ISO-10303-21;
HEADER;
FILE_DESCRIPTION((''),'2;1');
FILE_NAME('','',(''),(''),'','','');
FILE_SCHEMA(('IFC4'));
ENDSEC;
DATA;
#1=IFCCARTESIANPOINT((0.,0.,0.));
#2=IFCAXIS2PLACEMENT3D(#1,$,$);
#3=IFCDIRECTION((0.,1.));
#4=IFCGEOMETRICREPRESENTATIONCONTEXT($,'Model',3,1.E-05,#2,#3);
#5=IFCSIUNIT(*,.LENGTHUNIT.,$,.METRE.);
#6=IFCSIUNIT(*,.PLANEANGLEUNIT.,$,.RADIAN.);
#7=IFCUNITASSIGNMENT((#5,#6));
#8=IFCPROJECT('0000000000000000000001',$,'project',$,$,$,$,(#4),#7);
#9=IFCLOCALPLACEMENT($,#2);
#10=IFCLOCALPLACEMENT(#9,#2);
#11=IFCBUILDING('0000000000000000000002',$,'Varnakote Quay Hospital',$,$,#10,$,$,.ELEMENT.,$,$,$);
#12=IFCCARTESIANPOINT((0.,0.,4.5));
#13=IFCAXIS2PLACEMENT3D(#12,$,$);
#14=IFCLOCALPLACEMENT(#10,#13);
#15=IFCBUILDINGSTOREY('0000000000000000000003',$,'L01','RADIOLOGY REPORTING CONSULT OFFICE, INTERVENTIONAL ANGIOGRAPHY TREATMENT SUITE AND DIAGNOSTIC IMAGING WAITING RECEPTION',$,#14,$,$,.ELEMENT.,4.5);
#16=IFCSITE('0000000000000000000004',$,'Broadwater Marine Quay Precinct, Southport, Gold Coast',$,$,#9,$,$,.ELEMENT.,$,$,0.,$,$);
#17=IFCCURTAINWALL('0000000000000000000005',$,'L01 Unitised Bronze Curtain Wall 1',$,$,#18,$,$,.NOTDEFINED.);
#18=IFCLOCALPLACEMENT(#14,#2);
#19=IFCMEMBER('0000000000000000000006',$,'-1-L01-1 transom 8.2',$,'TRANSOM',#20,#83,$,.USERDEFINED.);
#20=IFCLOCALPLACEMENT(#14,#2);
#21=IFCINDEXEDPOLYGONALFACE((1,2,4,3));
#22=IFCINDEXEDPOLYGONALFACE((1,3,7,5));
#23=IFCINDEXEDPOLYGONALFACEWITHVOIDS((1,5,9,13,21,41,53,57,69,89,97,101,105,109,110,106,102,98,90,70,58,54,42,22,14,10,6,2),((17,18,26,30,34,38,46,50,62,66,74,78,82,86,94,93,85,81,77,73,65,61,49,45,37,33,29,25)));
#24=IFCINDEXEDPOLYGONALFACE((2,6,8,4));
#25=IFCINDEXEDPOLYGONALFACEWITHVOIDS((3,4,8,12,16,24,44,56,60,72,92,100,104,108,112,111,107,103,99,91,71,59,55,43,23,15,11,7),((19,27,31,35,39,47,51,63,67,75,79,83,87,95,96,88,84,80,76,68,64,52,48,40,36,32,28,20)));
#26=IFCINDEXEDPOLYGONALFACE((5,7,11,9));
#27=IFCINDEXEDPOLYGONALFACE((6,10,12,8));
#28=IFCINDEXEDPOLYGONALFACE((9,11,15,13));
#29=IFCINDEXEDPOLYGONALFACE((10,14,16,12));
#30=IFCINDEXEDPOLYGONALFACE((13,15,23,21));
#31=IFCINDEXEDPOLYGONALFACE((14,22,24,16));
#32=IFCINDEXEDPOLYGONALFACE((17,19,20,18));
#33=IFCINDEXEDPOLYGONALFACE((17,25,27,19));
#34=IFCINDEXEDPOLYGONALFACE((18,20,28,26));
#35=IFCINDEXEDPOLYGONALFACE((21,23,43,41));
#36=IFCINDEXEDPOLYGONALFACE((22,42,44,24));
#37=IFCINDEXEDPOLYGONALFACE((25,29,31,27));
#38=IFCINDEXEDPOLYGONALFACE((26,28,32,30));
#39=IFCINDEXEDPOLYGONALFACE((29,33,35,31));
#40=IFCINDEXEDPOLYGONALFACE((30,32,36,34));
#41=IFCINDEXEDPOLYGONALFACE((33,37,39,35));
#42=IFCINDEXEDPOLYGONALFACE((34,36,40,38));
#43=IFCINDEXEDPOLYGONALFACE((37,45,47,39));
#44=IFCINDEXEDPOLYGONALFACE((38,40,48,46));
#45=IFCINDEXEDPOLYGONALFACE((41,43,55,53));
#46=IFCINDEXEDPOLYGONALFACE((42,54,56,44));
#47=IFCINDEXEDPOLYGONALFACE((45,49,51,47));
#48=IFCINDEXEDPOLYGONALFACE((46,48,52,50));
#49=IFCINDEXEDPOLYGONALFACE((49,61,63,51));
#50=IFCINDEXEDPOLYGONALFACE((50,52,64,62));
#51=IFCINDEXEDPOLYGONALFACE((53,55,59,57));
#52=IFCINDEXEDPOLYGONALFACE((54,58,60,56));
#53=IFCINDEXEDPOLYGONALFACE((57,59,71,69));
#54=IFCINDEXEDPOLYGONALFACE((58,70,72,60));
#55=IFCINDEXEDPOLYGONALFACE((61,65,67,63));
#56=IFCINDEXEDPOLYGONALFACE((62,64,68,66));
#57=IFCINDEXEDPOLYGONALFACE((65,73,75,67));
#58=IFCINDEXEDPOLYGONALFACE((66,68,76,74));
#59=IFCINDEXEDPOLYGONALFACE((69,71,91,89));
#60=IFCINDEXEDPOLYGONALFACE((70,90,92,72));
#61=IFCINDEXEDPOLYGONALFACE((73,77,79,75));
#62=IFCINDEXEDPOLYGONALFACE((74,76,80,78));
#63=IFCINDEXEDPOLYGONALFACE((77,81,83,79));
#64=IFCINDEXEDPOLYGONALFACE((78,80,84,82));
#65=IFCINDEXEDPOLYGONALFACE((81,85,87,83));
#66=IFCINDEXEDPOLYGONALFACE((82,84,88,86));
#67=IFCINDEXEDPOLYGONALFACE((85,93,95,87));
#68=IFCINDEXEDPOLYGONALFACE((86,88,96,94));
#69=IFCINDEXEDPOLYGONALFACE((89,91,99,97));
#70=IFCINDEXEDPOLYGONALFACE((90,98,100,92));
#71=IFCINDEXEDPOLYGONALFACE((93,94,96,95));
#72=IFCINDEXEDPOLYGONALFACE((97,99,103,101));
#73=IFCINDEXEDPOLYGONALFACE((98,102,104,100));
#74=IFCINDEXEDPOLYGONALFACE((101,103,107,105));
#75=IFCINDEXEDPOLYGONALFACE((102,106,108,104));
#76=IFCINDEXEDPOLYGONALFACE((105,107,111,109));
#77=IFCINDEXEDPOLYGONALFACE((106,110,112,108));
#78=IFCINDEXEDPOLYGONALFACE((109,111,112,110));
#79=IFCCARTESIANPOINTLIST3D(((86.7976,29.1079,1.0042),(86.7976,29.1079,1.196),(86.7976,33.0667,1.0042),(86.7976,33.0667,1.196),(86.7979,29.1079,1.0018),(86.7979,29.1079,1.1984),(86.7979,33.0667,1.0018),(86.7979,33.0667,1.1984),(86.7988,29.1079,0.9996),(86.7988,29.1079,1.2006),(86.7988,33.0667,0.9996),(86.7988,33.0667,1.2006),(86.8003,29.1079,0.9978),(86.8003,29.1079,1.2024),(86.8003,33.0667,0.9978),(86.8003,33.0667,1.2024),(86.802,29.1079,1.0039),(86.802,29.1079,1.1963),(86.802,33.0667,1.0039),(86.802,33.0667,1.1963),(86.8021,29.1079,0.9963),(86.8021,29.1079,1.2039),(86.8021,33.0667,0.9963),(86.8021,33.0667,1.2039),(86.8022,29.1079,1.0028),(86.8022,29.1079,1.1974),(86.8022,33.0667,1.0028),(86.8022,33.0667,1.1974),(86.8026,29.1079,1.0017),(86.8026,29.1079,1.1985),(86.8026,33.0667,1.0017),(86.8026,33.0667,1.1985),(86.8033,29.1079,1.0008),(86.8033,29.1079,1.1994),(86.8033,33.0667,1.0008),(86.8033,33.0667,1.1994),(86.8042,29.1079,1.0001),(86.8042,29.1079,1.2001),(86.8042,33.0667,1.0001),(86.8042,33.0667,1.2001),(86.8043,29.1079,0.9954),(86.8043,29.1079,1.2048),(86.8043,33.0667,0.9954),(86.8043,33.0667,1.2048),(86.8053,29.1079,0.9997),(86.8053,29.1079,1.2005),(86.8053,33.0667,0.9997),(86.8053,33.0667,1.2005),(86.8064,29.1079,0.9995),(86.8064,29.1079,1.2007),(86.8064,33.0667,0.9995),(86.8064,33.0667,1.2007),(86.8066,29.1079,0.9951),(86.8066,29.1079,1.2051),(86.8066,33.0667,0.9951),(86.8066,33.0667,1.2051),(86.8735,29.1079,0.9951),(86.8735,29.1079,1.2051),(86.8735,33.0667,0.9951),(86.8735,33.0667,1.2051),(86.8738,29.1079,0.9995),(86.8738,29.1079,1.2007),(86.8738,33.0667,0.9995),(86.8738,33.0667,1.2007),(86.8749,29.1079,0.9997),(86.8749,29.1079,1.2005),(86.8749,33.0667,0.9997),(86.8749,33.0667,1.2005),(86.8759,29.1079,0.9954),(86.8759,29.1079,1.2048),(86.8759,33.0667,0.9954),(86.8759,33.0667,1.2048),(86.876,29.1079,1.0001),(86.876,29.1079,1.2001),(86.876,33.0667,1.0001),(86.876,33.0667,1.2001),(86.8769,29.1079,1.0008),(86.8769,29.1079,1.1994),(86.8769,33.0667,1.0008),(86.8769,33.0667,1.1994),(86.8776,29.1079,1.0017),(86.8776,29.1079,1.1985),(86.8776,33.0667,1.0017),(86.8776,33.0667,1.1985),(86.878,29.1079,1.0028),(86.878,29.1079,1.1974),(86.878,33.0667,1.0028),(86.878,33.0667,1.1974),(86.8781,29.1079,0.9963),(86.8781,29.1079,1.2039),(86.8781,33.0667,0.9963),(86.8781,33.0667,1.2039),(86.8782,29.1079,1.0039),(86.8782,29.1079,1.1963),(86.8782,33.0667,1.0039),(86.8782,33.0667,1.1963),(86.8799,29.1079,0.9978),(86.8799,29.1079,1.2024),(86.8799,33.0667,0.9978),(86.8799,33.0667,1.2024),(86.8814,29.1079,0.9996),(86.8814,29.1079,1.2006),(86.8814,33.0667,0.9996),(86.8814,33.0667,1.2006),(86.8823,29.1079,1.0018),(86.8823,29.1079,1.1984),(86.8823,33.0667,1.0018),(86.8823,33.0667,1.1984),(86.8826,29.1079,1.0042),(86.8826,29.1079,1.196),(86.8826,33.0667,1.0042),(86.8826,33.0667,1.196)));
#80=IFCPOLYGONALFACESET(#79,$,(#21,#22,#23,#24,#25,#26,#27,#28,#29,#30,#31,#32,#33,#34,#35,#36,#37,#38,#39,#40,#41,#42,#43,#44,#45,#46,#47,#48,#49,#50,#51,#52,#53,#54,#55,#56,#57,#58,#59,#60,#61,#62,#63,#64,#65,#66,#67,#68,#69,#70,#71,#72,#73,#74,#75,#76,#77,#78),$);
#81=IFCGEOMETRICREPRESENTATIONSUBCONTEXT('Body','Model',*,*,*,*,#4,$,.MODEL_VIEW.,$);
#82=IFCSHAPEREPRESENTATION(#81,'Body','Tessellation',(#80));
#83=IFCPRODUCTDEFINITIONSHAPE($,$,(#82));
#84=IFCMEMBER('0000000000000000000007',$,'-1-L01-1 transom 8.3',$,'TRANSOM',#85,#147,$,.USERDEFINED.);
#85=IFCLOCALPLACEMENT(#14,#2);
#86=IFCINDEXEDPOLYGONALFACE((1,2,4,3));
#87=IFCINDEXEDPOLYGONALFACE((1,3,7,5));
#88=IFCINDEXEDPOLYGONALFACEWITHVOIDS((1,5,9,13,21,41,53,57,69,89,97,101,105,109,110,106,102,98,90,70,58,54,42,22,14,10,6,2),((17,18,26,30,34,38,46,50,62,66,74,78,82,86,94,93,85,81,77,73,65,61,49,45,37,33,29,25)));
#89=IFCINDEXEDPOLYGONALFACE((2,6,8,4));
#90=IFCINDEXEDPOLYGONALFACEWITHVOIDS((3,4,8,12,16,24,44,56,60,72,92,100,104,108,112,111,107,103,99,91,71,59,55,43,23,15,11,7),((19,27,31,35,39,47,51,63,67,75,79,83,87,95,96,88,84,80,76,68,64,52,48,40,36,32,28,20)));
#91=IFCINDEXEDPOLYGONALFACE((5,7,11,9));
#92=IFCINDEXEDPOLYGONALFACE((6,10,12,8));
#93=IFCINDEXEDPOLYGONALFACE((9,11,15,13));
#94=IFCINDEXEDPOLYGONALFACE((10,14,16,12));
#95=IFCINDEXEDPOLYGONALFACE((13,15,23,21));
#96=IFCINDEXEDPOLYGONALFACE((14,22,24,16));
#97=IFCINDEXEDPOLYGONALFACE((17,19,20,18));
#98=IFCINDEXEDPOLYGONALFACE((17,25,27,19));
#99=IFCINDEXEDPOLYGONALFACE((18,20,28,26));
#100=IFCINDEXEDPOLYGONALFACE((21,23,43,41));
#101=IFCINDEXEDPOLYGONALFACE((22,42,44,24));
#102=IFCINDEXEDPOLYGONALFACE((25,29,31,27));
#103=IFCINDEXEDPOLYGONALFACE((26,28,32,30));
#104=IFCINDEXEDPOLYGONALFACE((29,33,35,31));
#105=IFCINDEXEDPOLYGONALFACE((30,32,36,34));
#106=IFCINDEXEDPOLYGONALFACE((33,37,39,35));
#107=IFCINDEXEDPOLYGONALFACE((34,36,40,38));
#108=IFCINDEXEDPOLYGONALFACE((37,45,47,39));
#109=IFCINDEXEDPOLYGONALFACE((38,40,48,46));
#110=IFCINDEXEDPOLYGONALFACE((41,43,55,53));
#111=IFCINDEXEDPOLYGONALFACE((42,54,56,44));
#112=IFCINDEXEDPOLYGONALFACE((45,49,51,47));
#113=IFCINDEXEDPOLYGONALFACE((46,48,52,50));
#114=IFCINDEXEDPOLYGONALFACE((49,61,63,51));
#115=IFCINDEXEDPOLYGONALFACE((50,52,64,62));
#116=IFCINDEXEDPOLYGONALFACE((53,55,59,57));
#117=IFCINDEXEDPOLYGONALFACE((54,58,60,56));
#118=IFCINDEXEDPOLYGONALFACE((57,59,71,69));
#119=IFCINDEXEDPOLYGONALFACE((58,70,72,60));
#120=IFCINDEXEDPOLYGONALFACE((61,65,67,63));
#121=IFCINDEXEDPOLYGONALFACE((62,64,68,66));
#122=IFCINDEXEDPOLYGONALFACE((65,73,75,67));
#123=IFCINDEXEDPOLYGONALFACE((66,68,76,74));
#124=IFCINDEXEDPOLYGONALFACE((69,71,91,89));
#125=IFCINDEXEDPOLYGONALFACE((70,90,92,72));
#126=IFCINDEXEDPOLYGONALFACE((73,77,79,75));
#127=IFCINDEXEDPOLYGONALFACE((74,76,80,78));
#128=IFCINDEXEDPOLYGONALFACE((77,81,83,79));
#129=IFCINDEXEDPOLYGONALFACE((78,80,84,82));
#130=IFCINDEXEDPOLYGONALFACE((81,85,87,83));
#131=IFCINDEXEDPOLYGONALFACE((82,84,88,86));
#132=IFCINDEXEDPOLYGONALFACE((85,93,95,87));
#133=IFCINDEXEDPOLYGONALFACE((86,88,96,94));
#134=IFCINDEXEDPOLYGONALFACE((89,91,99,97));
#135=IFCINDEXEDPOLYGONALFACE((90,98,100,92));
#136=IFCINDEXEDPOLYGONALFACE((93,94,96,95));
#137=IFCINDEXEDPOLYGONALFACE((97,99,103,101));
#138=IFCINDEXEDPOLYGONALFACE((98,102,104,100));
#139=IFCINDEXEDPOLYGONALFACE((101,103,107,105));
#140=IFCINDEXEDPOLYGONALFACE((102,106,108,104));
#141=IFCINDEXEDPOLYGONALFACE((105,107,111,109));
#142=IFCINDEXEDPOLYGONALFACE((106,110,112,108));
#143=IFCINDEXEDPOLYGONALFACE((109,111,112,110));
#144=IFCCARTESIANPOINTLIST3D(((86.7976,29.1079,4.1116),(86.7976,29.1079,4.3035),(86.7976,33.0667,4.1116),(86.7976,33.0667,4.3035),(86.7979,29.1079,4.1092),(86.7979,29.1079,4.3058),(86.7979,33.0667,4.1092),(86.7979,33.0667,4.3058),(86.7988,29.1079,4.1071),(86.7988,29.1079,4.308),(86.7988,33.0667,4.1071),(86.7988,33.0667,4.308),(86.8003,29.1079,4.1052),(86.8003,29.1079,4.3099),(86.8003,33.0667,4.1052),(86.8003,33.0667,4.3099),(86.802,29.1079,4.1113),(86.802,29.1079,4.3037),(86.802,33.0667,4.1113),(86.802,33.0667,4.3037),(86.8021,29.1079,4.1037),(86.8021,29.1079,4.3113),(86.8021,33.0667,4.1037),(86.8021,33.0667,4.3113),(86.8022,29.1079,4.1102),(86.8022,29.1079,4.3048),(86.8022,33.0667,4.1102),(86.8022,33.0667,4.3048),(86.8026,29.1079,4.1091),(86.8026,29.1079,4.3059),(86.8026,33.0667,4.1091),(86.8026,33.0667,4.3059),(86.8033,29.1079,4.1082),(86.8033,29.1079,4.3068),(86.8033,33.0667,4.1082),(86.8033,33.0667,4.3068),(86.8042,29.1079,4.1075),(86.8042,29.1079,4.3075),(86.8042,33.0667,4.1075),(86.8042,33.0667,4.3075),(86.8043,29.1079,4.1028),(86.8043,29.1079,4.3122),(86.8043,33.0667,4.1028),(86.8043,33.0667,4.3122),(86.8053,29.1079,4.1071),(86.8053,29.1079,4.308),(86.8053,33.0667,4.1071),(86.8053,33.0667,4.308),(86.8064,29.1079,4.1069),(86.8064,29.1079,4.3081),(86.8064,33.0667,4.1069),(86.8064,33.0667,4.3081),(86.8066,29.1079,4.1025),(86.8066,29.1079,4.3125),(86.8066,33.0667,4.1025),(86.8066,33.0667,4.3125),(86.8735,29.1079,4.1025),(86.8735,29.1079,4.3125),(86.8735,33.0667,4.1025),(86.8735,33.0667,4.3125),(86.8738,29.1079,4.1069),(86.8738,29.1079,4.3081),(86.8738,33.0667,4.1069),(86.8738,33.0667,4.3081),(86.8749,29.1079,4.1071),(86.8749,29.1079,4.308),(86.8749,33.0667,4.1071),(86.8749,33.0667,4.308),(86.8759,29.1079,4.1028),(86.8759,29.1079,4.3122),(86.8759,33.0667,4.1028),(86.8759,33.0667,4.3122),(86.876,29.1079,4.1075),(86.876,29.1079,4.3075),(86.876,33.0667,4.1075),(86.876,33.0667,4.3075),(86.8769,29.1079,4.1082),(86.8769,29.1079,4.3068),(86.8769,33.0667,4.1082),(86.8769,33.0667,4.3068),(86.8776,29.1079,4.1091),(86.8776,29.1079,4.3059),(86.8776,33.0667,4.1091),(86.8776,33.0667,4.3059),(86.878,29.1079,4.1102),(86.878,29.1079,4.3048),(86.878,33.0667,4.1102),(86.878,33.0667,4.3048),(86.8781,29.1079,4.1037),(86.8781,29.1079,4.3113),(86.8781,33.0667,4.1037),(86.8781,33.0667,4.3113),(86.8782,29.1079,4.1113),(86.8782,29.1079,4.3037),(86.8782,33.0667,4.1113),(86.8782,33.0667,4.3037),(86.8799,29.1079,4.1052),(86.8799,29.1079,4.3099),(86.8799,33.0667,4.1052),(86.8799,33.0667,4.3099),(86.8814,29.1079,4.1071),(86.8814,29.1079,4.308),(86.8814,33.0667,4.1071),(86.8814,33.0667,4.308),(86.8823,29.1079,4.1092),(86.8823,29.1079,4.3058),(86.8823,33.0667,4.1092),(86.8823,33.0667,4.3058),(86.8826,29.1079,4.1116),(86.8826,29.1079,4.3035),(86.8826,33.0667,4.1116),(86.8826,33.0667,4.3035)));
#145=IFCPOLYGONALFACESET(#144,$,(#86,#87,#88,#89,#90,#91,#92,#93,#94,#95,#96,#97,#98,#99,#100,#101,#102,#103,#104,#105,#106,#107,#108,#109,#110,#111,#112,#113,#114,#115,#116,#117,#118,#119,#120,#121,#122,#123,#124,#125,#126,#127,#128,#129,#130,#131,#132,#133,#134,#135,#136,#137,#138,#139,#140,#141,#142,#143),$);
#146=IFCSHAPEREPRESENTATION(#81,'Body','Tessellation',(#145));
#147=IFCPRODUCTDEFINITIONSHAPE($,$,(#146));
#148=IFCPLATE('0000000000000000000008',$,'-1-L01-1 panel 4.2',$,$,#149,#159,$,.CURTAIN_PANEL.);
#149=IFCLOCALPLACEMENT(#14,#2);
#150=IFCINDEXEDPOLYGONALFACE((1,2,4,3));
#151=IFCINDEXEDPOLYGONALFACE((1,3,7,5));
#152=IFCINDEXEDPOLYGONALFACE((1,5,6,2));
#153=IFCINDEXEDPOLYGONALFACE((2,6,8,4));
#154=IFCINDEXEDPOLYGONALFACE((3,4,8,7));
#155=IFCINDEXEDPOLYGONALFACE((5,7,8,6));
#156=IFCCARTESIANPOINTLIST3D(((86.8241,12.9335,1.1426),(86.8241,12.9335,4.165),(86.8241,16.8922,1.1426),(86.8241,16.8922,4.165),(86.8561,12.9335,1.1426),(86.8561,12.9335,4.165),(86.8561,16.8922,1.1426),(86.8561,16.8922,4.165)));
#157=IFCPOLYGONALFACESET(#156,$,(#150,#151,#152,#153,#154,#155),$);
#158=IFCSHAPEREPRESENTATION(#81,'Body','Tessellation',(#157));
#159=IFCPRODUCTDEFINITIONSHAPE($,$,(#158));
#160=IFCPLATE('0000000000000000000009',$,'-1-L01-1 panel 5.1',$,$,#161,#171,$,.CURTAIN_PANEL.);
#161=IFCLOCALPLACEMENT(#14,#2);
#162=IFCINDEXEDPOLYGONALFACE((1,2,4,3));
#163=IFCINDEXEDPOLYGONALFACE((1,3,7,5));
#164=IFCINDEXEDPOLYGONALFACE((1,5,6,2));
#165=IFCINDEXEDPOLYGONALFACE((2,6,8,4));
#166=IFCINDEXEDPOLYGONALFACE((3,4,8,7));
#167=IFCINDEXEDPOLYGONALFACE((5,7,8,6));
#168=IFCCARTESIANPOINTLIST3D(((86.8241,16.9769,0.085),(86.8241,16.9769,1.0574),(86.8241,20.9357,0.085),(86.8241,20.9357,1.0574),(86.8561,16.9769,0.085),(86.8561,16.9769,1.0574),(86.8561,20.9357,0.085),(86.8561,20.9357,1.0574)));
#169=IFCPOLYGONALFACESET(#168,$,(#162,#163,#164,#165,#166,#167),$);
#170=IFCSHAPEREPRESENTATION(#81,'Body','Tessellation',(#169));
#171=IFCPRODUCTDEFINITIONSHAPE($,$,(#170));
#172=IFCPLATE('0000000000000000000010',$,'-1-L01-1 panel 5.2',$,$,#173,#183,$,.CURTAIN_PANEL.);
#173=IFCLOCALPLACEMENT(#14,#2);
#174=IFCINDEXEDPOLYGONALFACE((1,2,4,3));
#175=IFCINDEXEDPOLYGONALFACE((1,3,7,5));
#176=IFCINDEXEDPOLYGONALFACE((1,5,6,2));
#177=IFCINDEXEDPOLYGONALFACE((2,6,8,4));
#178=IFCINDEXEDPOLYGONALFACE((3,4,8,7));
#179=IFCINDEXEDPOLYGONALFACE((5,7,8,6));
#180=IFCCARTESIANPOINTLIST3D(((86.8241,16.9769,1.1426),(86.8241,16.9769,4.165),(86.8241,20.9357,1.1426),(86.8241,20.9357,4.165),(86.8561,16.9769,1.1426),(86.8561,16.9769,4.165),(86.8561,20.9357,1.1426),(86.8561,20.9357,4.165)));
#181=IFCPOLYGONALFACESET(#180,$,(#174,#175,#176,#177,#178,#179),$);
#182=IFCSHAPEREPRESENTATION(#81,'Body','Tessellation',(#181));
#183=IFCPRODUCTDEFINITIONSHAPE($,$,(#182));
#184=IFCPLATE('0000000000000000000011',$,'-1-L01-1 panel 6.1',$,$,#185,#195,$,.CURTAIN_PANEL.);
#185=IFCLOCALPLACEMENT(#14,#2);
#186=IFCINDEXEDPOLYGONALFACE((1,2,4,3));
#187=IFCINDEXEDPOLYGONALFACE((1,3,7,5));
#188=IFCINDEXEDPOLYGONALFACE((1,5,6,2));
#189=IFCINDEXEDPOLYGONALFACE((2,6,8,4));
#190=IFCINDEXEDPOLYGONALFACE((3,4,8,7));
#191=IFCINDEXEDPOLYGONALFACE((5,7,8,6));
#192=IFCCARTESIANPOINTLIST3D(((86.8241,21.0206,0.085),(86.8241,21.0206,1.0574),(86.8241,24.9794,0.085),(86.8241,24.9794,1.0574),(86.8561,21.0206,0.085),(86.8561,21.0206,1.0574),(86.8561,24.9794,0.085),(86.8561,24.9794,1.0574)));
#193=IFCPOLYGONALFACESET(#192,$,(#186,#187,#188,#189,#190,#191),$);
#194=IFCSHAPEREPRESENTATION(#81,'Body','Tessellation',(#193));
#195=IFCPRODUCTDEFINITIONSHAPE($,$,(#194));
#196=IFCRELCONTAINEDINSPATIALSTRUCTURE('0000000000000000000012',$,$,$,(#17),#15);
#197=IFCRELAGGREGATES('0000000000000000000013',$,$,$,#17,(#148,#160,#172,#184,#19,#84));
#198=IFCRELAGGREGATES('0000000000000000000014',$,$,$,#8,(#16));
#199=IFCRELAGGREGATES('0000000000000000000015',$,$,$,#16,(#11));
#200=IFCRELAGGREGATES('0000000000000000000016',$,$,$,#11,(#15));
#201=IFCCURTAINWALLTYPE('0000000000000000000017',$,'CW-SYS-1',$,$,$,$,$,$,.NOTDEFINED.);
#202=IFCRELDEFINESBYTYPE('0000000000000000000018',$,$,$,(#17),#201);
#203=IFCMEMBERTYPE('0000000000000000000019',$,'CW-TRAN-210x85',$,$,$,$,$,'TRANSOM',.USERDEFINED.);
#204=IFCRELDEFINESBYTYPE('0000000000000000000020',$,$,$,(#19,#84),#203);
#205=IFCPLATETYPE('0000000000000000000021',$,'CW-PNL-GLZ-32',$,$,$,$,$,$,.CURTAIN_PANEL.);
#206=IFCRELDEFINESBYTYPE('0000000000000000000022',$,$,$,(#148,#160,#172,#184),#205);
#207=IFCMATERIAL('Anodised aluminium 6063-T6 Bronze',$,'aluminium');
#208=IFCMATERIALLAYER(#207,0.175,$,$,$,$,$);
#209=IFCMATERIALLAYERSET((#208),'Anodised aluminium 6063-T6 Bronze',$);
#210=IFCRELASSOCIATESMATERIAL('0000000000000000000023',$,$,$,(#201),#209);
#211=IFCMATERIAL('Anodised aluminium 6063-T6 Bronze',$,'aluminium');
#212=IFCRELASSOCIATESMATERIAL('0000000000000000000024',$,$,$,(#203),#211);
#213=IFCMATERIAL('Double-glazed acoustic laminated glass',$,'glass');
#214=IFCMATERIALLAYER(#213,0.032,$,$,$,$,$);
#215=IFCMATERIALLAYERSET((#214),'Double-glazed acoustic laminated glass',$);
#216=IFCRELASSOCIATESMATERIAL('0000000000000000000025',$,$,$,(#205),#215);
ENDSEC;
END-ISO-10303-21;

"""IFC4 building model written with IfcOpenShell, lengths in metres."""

from ifc_helpers import new_model, si_unit, direction, frame, origin, origin_2d, place, context, subcontext, project, spatial, rectangle, hollow_rectangle, extrude, material, layer, layer_set, material_profile, profile_set, type_object, element, aggregate, save


model = new_model("IFC4")

# Units and contexts
model_context = context("Model", 3, precision=1e-05, world=origin(), true_north=direction((0.0, 1.0)))
body_context = subcontext(model_context, "Body", "Model", "MODEL_VIEW")
ifc_project = project(units=[si_unit("LENGTHUNIT", "METRE"), si_unit("PLANEANGLEUNIT", "RADIAN")], contexts=[model_context])

# Site, building, storey
site_placement = place(None, origin())
site = spatial("IfcSite", under=ifc_project, at=site_placement, Name="Broadwater Marine Quay Precinct, Southport, Gold Coast", CompositionType="ELEMENT", RefElevation=0.0)
building_placement = place(site_placement, origin())
building = spatial("IfcBuilding", under=site, at=building_placement, Name="Varnakote Quay Hospital", CompositionType="ELEMENT")
storey_placement = place(building_placement, frame((0.0, 0.0, 4.5)))
storey = spatial("IfcBuildingStorey", under=building, at=storey_placement, Name="L01", Description="RADIOLOGY REPORTING CONSULT OFFICE, INTERVENTIONAL ANGIOGRAPHY TREATMENT SUITE AND DIAGNOSTIC IMAGING WAITING RECEPTION", CompositionType="ELEMENT", Elevation=4.5)

# Curtain wall, members, plates
ifc_material_1 = material(Name="Anodised aluminium 6063-T6 Bronze", Category="aluminium")
ifc_layer_1 = layer(ifc_material_1, 0.175)
ifc_layer_set_1 = layer_set([ifc_layer_1], Name="Anodised aluminium 6063-T6 Bronze")
curtain_wall_type = type_object("IfcCurtainWallType", Name="CW-SYS-1", PredefinedType="NOTDEFINED", material=ifc_layer_set_1)
curtain_wall_placement = place(storey_placement, origin())
curtain_wall = element("IfcCurtainWall", 1, at=curtain_wall_placement, inside=storey, type_object=curtain_wall_type, Name="L01 Unitised Bronze Curtain Wall 1", PredefinedType="NOTDEFINED")
ifc_material_2 = material(Name="Anodised aluminium 6063-T6 Bronze", Category="aluminium")
ifc_material_profile_1 = material_profile(ifc_material_2, hollow_rectangle(XDim=0.085, YDim=0.21, WallThickness=0.0044, InnerFilletRadius=0.0044, OuterFilletRadius=0.009, at=origin_2d()), Name="CW-TRAN-210x85")
ifc_profile_set_1 = profile_set([ifc_material_profile_1], Name="Anodised aluminium 6063-T6 Bronze")
member_type_1 = type_object("IfcMemberType", Name="CW-TRAN-210x85", ElementType="TRANSOM", PredefinedType="USERDEFINED", material=ifc_profile_set_1)
member_1_placement = place(storey_placement, frame((86.8401, 29.1079, 1.1001), z_axis=(0.0, 1.0, 0.0), x_axis=(-1.0, 0.0, 0.0)))
member_1 = element("IfcMember", 2, at=member_1_placement, type_object=member_type_1, Name="-1-L01-1 transom 8.2", ObjectType="TRANSOM", PredefinedType="USERDEFINED", context=body_context, shape_type="SweptSolid", body=[
    extrude(hollow_rectangle(XDim=0.085, YDim=0.21, WallThickness=0.0044, InnerFilletRadius=0.0044, OuterFilletRadius=0.009, at=origin_2d()), origin(), (0.0, 0.0, 1.0), 3.9587),
])
member_2_placement = place(storey_placement, frame((86.8401, 29.1079, 4.2075), z_axis=(0.0, 1.0, 0.0), x_axis=(-1.0, 0.0, 0.0)))
member_2 = element("IfcMember", 3, at=member_2_placement, type_object=member_type_1, Name="-1-L01-1 transom 8.3", ObjectType="TRANSOM", PredefinedType="USERDEFINED", context=body_context, shape_type="SweptSolid", body=[
    extrude(hollow_rectangle(XDim=0.085, YDim=0.21, WallThickness=0.0044, InnerFilletRadius=0.0044, OuterFilletRadius=0.009, at=origin_2d()), origin(), (0.0, 0.0, 1.0), 3.9587),
])
ifc_material_3 = material(Name="Double-glazed acoustic laminated glass", Category="glass")
ifc_layer_2 = layer(ifc_material_3, 0.032)
ifc_layer_set_2 = layer_set([ifc_layer_2], Name="Double-glazed acoustic laminated glass")
plate_type = type_object("IfcPlateType", Name="CW-PNL-GLZ-32", PredefinedType="CURTAIN_PANEL", material=ifc_layer_set_2)
plate_1_placement = place(storey_placement, frame((86.8401, 14.9128, 1.1426), z_axis=(0.0, 0.0, 1.0), x_axis=(0.0, 1.0, 0.0)))
plate_1 = element("IfcPlate", 4, at=plate_1_placement, type_object=plate_type, Name="-1-L01-1 panel 4.2", PredefinedType="CURTAIN_PANEL", context=body_context, shape_type="SweptSolid", body=[
    extrude(rectangle(XDim=3.9587, YDim=0.032, at=origin_2d()), origin(), (0.0, 0.0, 1.0), 3.0225),
])
plate_2_placement = place(storey_placement, frame((86.8401, 18.9563, 0.085), z_axis=(0.0, 0.0, 1.0), x_axis=(0.0, 1.0, 0.0)))
plate_2 = element("IfcPlate", 5, at=plate_2_placement, type_object=plate_type, Name="-1-L01-1 panel 5.1", PredefinedType="CURTAIN_PANEL", context=body_context, shape_type="SweptSolid", body=[
    extrude(rectangle(XDim=3.9587, YDim=0.032, at=origin_2d()), origin(), (0.0, 0.0, 1.0), 0.9724),
])
plate_3_placement = place(storey_placement, frame((86.8401, 18.9563, 1.1426), z_axis=(0.0, 0.0, 1.0), x_axis=(0.0, 1.0, 0.0)))
plate_3 = element("IfcPlate", 6, at=plate_3_placement, type_object=plate_type, Name="-1-L01-1 panel 5.2", PredefinedType="CURTAIN_PANEL", context=body_context, shape_type="SweptSolid", body=[
    extrude(rectangle(XDim=3.9587, YDim=0.032, at=origin_2d()), origin(), (0.0, 0.0, 1.0), 3.0225),
])
plate_4_placement = place(storey_placement, frame((86.8401, 23.0, 0.085), z_axis=(0.0, 0.0, 1.0), x_axis=(0.0, 1.0, 0.0)))
plate_4 = element("IfcPlate", 7, at=plate_4_placement, type_object=plate_type, Name="-1-L01-1 panel 6.1", PredefinedType="CURTAIN_PANEL", context=body_context, shape_type="SweptSolid", body=[
    extrude(rectangle(XDim=3.9587, YDim=0.032, at=origin_2d()), origin(), (0.0, 0.0, 1.0), 0.9724),
])
aggregate(curtain_wall, [plate_1, plate_2, plate_3, plate_4, member_1, member_2])

save(model, "model.ifc")
